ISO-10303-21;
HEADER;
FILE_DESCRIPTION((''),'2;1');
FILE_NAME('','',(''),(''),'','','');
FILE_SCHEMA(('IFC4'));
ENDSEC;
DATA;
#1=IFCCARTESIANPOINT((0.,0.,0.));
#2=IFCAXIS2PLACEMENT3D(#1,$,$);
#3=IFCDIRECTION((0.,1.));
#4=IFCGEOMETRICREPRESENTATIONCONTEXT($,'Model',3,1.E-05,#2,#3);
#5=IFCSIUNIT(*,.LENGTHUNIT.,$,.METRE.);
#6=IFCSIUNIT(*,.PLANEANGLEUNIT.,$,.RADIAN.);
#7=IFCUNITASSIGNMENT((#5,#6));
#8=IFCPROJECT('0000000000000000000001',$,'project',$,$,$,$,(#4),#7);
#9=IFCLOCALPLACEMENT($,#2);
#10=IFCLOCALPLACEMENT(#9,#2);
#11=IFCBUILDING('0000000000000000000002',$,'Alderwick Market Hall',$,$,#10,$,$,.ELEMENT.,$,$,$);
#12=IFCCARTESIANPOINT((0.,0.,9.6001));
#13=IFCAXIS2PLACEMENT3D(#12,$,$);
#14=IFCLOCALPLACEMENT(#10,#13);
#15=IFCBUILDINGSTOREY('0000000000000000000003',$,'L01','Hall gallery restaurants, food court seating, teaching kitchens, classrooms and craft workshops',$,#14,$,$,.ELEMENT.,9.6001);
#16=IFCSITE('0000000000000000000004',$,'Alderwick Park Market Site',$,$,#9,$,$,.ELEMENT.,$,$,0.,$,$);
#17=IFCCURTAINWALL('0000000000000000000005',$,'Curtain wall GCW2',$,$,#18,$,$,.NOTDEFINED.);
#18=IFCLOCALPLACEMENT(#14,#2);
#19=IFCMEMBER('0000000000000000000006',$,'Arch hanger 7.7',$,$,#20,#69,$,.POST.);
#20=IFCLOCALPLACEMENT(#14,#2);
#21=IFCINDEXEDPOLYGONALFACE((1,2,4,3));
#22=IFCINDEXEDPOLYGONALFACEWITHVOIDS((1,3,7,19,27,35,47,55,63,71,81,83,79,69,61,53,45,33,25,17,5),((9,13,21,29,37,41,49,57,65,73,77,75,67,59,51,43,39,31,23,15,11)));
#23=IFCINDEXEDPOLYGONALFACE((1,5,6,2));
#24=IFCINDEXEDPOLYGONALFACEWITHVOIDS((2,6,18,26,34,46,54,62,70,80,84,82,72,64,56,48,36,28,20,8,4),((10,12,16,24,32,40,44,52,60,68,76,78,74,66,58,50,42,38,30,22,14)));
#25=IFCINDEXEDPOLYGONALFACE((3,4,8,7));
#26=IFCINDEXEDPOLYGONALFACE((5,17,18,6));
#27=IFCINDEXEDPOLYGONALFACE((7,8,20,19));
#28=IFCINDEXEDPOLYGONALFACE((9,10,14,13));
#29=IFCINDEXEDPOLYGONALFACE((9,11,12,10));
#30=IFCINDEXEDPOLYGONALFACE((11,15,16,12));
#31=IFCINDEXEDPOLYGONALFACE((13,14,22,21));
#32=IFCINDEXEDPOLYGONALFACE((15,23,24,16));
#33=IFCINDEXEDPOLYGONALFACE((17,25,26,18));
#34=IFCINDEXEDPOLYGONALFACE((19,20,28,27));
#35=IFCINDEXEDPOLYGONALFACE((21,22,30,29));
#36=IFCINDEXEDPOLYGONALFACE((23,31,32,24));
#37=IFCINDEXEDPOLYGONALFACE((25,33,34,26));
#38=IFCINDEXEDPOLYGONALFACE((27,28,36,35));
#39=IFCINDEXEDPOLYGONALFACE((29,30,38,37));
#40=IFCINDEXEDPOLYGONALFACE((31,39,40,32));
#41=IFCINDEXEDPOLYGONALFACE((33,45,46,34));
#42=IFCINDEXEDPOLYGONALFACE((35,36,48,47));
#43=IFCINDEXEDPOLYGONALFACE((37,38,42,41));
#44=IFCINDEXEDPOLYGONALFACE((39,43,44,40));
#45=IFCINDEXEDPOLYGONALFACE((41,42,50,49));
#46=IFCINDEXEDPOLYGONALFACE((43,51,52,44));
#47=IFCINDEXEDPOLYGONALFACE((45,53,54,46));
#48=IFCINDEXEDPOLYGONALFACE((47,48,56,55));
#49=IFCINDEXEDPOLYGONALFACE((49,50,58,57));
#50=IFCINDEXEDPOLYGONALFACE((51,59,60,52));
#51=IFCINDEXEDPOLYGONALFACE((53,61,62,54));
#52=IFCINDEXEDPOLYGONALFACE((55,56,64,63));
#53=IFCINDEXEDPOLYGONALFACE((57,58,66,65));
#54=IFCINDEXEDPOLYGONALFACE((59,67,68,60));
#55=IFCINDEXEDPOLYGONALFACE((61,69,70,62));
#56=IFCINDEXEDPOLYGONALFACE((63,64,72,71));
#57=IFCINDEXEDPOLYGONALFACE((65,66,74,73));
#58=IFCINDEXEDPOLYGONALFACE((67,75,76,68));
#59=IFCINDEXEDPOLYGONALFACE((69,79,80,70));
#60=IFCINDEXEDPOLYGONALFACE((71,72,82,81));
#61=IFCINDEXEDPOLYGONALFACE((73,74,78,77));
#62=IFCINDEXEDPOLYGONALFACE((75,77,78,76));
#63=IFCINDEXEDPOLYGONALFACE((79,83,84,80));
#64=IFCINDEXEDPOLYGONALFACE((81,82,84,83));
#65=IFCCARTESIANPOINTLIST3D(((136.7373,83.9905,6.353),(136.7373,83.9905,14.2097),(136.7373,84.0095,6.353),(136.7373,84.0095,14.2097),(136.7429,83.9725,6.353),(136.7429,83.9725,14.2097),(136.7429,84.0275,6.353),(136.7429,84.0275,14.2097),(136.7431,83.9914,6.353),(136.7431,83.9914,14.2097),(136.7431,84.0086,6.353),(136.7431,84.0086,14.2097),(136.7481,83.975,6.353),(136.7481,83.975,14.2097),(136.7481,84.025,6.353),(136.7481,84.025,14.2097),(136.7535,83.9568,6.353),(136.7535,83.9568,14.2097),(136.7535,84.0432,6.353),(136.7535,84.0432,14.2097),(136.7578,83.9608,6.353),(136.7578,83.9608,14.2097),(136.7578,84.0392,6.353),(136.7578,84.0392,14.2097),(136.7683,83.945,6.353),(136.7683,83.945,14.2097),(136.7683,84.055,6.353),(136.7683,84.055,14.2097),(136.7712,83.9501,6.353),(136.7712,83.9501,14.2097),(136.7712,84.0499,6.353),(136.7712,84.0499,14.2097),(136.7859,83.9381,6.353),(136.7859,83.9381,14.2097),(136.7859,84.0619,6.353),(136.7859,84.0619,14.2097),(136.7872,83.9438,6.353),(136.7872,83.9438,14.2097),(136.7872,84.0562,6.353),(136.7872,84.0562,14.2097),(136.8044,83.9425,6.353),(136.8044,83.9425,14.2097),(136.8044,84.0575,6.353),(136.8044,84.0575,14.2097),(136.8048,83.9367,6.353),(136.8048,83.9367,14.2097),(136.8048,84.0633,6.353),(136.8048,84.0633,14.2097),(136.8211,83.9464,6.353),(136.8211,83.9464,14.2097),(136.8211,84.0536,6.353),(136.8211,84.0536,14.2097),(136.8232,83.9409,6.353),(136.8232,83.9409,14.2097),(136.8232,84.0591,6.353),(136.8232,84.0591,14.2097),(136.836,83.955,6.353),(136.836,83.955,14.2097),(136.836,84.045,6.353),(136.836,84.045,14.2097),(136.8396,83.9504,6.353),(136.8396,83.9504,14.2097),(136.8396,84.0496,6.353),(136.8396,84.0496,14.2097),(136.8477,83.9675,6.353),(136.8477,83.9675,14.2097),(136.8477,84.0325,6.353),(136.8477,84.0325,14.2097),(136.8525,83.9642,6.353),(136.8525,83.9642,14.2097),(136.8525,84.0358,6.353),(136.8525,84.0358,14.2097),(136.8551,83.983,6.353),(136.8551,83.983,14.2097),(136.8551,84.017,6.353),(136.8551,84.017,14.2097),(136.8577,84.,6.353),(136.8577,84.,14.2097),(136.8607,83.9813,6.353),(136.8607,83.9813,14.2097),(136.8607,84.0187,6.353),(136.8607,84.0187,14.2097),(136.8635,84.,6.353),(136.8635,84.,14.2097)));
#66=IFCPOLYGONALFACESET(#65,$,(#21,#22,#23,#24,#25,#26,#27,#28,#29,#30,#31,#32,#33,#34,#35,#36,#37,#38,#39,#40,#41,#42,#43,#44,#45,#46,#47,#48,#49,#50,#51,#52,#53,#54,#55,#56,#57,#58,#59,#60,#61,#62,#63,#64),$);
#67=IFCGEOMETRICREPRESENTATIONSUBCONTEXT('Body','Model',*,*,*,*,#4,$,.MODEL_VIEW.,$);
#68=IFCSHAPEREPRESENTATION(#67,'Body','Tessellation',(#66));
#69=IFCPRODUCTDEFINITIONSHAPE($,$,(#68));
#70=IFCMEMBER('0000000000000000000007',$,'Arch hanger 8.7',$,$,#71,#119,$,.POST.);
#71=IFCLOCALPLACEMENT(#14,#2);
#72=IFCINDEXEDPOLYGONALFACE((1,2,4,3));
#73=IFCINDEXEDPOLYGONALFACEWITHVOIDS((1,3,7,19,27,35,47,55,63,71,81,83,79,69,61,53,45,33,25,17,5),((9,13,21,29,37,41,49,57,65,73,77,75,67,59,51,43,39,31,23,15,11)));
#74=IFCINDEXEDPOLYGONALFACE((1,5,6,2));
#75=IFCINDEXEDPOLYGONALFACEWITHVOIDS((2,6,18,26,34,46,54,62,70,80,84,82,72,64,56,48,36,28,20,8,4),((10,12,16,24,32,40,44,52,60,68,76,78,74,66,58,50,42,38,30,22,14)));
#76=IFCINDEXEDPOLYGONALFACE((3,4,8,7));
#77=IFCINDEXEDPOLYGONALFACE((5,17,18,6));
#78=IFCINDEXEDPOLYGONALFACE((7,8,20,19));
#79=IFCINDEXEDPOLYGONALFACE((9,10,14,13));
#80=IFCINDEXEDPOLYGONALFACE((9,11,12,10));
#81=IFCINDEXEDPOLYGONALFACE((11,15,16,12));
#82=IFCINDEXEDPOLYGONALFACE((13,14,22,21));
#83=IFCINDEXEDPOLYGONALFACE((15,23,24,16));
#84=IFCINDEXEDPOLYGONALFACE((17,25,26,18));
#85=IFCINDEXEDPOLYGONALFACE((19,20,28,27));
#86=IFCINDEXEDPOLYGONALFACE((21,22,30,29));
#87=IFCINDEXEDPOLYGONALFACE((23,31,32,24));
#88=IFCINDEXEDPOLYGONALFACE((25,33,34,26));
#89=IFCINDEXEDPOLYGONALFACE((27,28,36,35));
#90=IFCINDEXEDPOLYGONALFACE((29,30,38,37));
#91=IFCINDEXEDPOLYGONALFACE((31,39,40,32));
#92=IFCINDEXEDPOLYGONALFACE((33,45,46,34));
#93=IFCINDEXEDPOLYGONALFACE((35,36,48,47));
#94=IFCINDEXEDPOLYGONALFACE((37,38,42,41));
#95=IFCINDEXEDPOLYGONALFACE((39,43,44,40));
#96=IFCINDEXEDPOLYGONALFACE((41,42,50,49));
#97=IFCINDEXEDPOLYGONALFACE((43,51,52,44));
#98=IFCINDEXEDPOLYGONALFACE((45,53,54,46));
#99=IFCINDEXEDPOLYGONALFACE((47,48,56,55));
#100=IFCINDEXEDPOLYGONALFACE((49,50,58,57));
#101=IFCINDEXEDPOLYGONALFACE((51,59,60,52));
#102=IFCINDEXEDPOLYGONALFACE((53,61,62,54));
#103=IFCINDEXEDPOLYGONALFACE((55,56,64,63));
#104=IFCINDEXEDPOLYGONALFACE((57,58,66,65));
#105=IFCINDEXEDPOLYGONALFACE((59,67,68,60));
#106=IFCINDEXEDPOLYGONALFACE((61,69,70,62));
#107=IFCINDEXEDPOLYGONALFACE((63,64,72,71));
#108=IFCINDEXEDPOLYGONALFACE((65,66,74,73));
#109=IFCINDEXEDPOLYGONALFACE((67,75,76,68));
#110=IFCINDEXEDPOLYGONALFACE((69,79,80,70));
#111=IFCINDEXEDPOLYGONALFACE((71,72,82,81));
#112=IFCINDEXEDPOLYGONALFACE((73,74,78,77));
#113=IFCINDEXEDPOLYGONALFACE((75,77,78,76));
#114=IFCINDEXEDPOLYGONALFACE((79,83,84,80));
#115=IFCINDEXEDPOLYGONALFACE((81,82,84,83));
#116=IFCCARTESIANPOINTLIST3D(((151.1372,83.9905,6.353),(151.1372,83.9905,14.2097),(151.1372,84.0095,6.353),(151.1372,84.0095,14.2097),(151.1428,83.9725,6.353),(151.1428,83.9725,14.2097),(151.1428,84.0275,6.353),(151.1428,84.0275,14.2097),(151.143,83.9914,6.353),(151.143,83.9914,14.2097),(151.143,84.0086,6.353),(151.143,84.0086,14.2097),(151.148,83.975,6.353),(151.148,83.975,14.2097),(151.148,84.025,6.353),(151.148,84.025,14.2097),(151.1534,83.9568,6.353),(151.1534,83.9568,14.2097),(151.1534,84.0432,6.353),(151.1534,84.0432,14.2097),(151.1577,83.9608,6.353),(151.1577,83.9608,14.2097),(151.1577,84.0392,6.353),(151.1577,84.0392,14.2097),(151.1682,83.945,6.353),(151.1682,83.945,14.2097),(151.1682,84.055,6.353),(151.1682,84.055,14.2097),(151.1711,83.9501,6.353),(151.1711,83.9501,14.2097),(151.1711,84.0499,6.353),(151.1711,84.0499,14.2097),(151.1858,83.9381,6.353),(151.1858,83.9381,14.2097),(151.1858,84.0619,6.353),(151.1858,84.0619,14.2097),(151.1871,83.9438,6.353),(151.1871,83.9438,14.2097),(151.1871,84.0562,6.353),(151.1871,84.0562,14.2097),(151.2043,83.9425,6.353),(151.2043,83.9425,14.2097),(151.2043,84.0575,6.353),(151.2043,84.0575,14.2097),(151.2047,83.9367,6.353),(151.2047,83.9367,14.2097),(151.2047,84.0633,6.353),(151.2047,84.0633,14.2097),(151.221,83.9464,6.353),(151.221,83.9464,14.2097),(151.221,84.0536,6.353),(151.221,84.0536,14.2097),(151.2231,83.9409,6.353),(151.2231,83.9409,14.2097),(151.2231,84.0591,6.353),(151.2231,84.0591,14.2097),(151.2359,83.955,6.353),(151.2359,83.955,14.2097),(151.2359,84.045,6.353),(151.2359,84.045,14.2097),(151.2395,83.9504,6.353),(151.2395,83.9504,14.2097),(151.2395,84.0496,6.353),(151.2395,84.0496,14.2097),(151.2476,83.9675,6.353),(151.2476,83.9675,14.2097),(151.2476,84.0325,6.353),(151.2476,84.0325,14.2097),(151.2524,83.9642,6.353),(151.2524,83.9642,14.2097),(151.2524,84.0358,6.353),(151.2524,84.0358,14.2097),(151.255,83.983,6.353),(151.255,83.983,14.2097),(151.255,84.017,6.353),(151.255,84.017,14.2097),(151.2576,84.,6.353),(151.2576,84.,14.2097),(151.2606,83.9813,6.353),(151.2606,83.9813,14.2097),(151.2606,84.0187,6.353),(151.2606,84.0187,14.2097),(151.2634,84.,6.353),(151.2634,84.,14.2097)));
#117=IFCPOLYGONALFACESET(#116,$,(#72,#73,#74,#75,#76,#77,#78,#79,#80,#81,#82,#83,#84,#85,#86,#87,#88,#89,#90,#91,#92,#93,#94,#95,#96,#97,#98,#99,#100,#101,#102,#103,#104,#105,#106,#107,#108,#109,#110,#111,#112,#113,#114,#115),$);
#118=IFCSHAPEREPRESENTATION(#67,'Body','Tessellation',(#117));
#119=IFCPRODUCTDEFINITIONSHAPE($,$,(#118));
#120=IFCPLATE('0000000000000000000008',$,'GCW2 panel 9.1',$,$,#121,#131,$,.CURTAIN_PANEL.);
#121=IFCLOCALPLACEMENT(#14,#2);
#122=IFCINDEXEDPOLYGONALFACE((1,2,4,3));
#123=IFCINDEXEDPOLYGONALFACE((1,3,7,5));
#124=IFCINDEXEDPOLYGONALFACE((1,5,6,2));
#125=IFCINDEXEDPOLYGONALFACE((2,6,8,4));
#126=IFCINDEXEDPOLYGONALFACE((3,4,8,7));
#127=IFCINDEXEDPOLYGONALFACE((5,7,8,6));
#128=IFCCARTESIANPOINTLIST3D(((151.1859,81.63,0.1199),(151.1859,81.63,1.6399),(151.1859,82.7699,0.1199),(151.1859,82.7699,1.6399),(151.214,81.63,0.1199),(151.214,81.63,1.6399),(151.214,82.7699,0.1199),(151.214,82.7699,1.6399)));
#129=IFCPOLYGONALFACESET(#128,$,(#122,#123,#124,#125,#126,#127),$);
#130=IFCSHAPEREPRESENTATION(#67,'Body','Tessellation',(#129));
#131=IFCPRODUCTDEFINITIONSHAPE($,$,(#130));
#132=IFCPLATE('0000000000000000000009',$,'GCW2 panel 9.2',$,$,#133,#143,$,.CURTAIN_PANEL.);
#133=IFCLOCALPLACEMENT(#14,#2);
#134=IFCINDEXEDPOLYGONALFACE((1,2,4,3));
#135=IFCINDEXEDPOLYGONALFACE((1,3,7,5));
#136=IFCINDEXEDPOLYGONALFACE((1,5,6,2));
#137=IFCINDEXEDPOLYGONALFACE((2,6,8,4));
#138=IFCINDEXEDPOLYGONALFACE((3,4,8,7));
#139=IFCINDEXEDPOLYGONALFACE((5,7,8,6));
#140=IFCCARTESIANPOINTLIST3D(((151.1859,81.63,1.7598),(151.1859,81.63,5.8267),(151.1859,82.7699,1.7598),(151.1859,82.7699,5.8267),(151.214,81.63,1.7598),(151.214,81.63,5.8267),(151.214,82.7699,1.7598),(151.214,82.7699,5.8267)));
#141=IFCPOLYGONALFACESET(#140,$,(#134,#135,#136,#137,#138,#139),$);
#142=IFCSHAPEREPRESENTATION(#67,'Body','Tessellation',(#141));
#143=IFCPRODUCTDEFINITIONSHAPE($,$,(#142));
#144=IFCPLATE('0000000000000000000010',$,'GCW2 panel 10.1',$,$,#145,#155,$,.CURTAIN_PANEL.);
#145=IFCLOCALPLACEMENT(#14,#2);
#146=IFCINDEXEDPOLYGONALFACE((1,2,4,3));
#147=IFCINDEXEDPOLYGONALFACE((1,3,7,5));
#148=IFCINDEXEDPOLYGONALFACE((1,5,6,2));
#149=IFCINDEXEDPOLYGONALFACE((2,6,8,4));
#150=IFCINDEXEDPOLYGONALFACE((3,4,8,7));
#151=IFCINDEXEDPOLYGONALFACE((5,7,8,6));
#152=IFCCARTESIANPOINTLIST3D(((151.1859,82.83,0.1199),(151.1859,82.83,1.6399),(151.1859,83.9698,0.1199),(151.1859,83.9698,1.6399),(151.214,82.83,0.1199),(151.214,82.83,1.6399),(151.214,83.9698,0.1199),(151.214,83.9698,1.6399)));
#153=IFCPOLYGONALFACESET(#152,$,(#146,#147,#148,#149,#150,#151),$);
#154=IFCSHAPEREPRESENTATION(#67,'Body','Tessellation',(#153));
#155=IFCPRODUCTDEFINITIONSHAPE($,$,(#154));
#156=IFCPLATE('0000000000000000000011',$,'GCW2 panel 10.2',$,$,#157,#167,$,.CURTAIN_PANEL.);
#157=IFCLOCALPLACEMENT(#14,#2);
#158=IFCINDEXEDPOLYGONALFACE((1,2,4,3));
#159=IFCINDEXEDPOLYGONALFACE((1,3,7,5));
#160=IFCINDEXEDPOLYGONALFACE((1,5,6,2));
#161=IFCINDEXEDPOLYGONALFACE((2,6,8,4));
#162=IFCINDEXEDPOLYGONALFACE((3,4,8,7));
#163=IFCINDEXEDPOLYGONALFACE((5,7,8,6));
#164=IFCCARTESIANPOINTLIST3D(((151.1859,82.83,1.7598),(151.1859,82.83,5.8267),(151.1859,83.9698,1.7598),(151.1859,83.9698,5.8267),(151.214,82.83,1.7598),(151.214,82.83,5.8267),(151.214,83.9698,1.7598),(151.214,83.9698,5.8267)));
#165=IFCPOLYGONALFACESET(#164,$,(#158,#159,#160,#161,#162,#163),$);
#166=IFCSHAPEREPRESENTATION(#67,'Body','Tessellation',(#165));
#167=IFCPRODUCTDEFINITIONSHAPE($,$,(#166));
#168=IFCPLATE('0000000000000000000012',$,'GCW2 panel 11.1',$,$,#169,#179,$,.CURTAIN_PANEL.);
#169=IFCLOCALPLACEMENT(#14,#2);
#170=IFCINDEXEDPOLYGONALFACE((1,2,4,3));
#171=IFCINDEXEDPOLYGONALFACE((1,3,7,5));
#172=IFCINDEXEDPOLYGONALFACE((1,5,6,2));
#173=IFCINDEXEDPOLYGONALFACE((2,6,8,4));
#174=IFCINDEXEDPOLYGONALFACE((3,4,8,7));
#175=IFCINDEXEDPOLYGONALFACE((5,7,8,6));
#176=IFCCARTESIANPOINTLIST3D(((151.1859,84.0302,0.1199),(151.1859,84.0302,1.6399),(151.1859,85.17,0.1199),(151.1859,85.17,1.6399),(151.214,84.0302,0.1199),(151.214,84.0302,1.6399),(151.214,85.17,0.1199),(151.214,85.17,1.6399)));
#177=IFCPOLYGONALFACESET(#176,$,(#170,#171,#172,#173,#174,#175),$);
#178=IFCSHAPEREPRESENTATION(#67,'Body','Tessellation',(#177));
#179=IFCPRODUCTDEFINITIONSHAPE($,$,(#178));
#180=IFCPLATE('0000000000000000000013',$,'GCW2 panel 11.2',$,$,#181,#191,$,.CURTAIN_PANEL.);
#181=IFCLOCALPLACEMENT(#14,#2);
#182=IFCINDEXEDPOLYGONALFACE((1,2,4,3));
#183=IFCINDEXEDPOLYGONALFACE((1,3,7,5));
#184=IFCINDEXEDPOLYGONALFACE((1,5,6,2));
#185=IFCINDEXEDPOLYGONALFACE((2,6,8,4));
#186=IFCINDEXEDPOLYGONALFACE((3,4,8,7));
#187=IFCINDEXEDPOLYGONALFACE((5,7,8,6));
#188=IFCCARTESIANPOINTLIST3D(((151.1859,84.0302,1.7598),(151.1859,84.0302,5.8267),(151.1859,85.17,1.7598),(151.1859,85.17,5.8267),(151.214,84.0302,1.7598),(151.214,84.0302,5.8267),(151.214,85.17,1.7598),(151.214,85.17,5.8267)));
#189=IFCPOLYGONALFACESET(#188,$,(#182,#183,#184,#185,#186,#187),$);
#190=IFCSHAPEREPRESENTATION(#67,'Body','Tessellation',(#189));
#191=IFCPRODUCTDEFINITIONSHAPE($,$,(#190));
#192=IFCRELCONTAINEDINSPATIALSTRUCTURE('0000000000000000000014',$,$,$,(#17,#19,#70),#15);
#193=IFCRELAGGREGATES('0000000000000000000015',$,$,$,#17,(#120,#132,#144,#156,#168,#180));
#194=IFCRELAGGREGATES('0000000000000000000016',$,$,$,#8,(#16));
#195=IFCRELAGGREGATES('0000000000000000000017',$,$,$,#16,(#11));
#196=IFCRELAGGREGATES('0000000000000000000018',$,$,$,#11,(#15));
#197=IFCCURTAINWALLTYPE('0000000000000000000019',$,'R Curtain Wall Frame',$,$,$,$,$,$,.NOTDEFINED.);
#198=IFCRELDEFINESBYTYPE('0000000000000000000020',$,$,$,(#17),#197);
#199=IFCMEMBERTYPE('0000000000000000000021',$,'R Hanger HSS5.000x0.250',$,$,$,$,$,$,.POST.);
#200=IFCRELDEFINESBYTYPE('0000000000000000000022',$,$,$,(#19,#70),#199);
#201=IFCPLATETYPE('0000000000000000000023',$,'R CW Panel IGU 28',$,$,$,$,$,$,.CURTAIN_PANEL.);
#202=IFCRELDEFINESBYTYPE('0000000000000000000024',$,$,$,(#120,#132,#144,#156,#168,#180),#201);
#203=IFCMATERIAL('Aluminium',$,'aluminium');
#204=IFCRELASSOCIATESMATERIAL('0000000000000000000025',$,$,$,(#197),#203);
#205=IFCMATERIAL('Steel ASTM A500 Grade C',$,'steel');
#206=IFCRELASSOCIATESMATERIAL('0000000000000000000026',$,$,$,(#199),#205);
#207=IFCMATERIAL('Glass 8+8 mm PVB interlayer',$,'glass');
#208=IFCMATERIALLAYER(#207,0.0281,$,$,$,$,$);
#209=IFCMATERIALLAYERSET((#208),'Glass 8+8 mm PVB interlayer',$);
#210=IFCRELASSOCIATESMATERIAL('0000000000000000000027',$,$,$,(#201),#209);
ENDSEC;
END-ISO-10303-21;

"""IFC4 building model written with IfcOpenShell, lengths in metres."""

from ifc_helpers import new_model, si_unit, direction, frame, origin, origin_2d, place, context, subcontext, project, spatial, rectangle, hollow_circle, extrude, material, layer, layer_set, material_profile, profile_set, type_object, element, aggregate, save


model = new_model("IFC4")

# Units and contexts
model_context = context("Model", 3, precision=1e-05, world=origin(), true_north=direction((0.0, 1.0)))
body_context = subcontext(model_context, "Body", "Model", "MODEL_VIEW")
ifc_project = project(units=[si_unit("LENGTHUNIT", "METRE"), si_unit("PLANEANGLEUNIT", "RADIAN")], contexts=[model_context])

# Site, building, storey
site_placement = place(None, origin())
site = spatial("IfcSite", under=ifc_project, at=site_placement, Name="Alderwick Park Market Site", CompositionType="ELEMENT", RefElevation=0.0)
building_placement = place(site_placement, origin())
building = spatial("IfcBuilding", under=site, at=building_placement, Name="Alderwick Market Hall", CompositionType="ELEMENT")
storey_placement = place(building_placement, frame((0.0, 0.0, 9.6001)))
storey = spatial("IfcBuildingStorey", under=building, at=storey_placement, Name="L01", Description="Hall gallery restaurants, food court seating, teaching kitchens, classrooms and craft workshops", CompositionType="ELEMENT", Elevation=9.6001)

# Curtain wall
ifc_material_1 = material(Name="Aluminium", Category="aluminium")
curtain_wall_type = type_object("IfcCurtainWallType", Name="R Curtain Wall Frame", PredefinedType="NOTDEFINED", material=ifc_material_1)
curtain_wall_placement = place(storey_placement, origin())
curtain_wall = element("IfcCurtainWall", 1, at=curtain_wall_placement, inside=storey, type_object=curtain_wall_type, Name="Curtain wall GCW2", PredefinedType="NOTDEFINED")

# Members
ifc_material_2 = material(Name="Steel ASTM A500 Grade C", Category="steel")
ifc_material_profile_1 = material_profile(ifc_material_2, hollow_circle(Radius=0.0635, WallThickness=0.0059, at=origin_2d()), Name="HSS5.000x0.250")
ifc_profile_set_1 = profile_set([ifc_material_profile_1], Name="Steel ASTM A500 Grade C")
member_type_1 = type_object("IfcMemberType", Name="R Hanger HSS5.000x0.250", PredefinedType="POST", material=ifc_profile_set_1)
for number, where, z_axis, x_axis, name in (
    (2, (136.8, 84.0, 6.353), (0.0, 0.0, 1.0), (1.0, 0.0, 0.0), "Arch hanger 7.7"),
    (3, (151.2, 84.0, 6.353), (0.0, 0.0, 1.0), (1.0, 0.0, 0.0), "Arch hanger 8.7"),
):
    element("IfcMember", number, at=place(storey_placement, frame(where, z_axis=z_axis, x_axis=x_axis)), inside=storey, type_object=member_type_1, Name=name, PredefinedType="POST", context=body_context, shape_type="SweptSolid", body=[
        extrude(hollow_circle(Radius=0.0635, WallThickness=0.0059, at=origin_2d()), origin(), (0.0, 0.0, 1.0), 7.8567),
    ])

# Plates
ifc_material_3 = material(Name="Glass 8+8 mm PVB interlayer", Category="glass")
ifc_layer = layer(ifc_material_3, 0.0281)
ifc_layer_set = layer_set([ifc_layer], Name="Glass 8+8 mm PVB interlayer")
plate_type = type_object("IfcPlateType", Name="R CW Panel IGU 28", PredefinedType="CURTAIN_PANEL", material=ifc_layer_set)
plate_1_placement = place(storey_placement, frame((151.2, 82.2, 0.1199), z_axis=(0.0, 0.0, 1.0), x_axis=(1.0, 0.0, 0.0)))
plate_1 = element("IfcPlate", 4, at=plate_1_placement, type_object=plate_type, Name="GCW2 panel 9.1", PredefinedType="CURTAIN_PANEL", context=body_context, shape_type="SweptSolid", body=[
    extrude(rectangle(XDim=0.0281, YDim=1.1399, at=origin_2d()), origin(), (0.0, 0.0, 1.0), 1.52),
])
plate_2_placement = place(storey_placement, frame((151.2, 82.2, 1.7598), z_axis=(0.0, 0.0, 1.0), x_axis=(1.0, 0.0, 0.0)))
plate_2 = element("IfcPlate", 5, at=plate_2_placement, type_object=plate_type, Name="GCW2 panel 9.2", PredefinedType="CURTAIN_PANEL", context=body_context, shape_type="SweptSolid", body=[
    extrude(rectangle(XDim=0.0281, YDim=1.1399, at=origin_2d()), origin(), (0.0, 0.0, 1.0), 4.0669),
])
plate_3_placement = place(storey_placement, frame((151.2, 83.3999, 0.1199), z_axis=(0.0, 0.0, 1.0), x_axis=(1.0, 0.0, 0.0)))
plate_3 = element("IfcPlate", 6, at=plate_3_placement, type_object=plate_type, Name="GCW2 panel 10.1", PredefinedType="CURTAIN_PANEL", context=body_context, shape_type="SweptSolid", body=[
    extrude(rectangle(XDim=0.0281, YDim=1.1399, at=origin_2d()), origin(), (0.0, 0.0, 1.0), 1.52),
])
plate_4_placement = place(storey_placement, frame((151.2, 83.3999, 1.7598), z_axis=(0.0, 0.0, 1.0), x_axis=(1.0, 0.0, 0.0)))
plate_4 = element("IfcPlate", 7, at=plate_4_placement, type_object=plate_type, Name="GCW2 panel 10.2", PredefinedType="CURTAIN_PANEL", context=body_context, shape_type="SweptSolid", body=[
    extrude(rectangle(XDim=0.0281, YDim=1.1399, at=origin_2d()), origin(), (0.0, 0.0, 1.0), 4.0669),
])
plate_5_placement = place(storey_placement, frame((151.2, 84.6001, 0.1199), z_axis=(0.0, 0.0, 1.0), x_axis=(1.0, 0.0, 0.0)))
plate_5 = element("IfcPlate", 8, at=plate_5_placement, type_object=plate_type, Name="GCW2 panel 11.1", PredefinedType="CURTAIN_PANEL", context=body_context, shape_type="SweptSolid", body=[
    extrude(rectangle(XDim=0.0281, YDim=1.1399, at=origin_2d()), origin(), (0.0, 0.0, 1.0), 1.52),
])
plate_6_placement = place(storey_placement, frame((151.2, 84.6001, 1.7598), z_axis=(0.0, 0.0, 1.0), x_axis=(1.0, 0.0, 0.0)))
plate_6 = element("IfcPlate", 9, at=plate_6_placement, type_object=plate_type, Name="GCW2 panel 11.2", PredefinedType="CURTAIN_PANEL", context=body_context, shape_type="SweptSolid", body=[
    extrude(rectangle(XDim=0.0281, YDim=1.1399, at=origin_2d()), origin(), (0.0, 0.0, 1.0), 4.0669),
])
aggregate(curtain_wall, [plate_1, plate_2, plate_3, plate_4, plate_5, plate_6])

save(model, "model.ifc")
